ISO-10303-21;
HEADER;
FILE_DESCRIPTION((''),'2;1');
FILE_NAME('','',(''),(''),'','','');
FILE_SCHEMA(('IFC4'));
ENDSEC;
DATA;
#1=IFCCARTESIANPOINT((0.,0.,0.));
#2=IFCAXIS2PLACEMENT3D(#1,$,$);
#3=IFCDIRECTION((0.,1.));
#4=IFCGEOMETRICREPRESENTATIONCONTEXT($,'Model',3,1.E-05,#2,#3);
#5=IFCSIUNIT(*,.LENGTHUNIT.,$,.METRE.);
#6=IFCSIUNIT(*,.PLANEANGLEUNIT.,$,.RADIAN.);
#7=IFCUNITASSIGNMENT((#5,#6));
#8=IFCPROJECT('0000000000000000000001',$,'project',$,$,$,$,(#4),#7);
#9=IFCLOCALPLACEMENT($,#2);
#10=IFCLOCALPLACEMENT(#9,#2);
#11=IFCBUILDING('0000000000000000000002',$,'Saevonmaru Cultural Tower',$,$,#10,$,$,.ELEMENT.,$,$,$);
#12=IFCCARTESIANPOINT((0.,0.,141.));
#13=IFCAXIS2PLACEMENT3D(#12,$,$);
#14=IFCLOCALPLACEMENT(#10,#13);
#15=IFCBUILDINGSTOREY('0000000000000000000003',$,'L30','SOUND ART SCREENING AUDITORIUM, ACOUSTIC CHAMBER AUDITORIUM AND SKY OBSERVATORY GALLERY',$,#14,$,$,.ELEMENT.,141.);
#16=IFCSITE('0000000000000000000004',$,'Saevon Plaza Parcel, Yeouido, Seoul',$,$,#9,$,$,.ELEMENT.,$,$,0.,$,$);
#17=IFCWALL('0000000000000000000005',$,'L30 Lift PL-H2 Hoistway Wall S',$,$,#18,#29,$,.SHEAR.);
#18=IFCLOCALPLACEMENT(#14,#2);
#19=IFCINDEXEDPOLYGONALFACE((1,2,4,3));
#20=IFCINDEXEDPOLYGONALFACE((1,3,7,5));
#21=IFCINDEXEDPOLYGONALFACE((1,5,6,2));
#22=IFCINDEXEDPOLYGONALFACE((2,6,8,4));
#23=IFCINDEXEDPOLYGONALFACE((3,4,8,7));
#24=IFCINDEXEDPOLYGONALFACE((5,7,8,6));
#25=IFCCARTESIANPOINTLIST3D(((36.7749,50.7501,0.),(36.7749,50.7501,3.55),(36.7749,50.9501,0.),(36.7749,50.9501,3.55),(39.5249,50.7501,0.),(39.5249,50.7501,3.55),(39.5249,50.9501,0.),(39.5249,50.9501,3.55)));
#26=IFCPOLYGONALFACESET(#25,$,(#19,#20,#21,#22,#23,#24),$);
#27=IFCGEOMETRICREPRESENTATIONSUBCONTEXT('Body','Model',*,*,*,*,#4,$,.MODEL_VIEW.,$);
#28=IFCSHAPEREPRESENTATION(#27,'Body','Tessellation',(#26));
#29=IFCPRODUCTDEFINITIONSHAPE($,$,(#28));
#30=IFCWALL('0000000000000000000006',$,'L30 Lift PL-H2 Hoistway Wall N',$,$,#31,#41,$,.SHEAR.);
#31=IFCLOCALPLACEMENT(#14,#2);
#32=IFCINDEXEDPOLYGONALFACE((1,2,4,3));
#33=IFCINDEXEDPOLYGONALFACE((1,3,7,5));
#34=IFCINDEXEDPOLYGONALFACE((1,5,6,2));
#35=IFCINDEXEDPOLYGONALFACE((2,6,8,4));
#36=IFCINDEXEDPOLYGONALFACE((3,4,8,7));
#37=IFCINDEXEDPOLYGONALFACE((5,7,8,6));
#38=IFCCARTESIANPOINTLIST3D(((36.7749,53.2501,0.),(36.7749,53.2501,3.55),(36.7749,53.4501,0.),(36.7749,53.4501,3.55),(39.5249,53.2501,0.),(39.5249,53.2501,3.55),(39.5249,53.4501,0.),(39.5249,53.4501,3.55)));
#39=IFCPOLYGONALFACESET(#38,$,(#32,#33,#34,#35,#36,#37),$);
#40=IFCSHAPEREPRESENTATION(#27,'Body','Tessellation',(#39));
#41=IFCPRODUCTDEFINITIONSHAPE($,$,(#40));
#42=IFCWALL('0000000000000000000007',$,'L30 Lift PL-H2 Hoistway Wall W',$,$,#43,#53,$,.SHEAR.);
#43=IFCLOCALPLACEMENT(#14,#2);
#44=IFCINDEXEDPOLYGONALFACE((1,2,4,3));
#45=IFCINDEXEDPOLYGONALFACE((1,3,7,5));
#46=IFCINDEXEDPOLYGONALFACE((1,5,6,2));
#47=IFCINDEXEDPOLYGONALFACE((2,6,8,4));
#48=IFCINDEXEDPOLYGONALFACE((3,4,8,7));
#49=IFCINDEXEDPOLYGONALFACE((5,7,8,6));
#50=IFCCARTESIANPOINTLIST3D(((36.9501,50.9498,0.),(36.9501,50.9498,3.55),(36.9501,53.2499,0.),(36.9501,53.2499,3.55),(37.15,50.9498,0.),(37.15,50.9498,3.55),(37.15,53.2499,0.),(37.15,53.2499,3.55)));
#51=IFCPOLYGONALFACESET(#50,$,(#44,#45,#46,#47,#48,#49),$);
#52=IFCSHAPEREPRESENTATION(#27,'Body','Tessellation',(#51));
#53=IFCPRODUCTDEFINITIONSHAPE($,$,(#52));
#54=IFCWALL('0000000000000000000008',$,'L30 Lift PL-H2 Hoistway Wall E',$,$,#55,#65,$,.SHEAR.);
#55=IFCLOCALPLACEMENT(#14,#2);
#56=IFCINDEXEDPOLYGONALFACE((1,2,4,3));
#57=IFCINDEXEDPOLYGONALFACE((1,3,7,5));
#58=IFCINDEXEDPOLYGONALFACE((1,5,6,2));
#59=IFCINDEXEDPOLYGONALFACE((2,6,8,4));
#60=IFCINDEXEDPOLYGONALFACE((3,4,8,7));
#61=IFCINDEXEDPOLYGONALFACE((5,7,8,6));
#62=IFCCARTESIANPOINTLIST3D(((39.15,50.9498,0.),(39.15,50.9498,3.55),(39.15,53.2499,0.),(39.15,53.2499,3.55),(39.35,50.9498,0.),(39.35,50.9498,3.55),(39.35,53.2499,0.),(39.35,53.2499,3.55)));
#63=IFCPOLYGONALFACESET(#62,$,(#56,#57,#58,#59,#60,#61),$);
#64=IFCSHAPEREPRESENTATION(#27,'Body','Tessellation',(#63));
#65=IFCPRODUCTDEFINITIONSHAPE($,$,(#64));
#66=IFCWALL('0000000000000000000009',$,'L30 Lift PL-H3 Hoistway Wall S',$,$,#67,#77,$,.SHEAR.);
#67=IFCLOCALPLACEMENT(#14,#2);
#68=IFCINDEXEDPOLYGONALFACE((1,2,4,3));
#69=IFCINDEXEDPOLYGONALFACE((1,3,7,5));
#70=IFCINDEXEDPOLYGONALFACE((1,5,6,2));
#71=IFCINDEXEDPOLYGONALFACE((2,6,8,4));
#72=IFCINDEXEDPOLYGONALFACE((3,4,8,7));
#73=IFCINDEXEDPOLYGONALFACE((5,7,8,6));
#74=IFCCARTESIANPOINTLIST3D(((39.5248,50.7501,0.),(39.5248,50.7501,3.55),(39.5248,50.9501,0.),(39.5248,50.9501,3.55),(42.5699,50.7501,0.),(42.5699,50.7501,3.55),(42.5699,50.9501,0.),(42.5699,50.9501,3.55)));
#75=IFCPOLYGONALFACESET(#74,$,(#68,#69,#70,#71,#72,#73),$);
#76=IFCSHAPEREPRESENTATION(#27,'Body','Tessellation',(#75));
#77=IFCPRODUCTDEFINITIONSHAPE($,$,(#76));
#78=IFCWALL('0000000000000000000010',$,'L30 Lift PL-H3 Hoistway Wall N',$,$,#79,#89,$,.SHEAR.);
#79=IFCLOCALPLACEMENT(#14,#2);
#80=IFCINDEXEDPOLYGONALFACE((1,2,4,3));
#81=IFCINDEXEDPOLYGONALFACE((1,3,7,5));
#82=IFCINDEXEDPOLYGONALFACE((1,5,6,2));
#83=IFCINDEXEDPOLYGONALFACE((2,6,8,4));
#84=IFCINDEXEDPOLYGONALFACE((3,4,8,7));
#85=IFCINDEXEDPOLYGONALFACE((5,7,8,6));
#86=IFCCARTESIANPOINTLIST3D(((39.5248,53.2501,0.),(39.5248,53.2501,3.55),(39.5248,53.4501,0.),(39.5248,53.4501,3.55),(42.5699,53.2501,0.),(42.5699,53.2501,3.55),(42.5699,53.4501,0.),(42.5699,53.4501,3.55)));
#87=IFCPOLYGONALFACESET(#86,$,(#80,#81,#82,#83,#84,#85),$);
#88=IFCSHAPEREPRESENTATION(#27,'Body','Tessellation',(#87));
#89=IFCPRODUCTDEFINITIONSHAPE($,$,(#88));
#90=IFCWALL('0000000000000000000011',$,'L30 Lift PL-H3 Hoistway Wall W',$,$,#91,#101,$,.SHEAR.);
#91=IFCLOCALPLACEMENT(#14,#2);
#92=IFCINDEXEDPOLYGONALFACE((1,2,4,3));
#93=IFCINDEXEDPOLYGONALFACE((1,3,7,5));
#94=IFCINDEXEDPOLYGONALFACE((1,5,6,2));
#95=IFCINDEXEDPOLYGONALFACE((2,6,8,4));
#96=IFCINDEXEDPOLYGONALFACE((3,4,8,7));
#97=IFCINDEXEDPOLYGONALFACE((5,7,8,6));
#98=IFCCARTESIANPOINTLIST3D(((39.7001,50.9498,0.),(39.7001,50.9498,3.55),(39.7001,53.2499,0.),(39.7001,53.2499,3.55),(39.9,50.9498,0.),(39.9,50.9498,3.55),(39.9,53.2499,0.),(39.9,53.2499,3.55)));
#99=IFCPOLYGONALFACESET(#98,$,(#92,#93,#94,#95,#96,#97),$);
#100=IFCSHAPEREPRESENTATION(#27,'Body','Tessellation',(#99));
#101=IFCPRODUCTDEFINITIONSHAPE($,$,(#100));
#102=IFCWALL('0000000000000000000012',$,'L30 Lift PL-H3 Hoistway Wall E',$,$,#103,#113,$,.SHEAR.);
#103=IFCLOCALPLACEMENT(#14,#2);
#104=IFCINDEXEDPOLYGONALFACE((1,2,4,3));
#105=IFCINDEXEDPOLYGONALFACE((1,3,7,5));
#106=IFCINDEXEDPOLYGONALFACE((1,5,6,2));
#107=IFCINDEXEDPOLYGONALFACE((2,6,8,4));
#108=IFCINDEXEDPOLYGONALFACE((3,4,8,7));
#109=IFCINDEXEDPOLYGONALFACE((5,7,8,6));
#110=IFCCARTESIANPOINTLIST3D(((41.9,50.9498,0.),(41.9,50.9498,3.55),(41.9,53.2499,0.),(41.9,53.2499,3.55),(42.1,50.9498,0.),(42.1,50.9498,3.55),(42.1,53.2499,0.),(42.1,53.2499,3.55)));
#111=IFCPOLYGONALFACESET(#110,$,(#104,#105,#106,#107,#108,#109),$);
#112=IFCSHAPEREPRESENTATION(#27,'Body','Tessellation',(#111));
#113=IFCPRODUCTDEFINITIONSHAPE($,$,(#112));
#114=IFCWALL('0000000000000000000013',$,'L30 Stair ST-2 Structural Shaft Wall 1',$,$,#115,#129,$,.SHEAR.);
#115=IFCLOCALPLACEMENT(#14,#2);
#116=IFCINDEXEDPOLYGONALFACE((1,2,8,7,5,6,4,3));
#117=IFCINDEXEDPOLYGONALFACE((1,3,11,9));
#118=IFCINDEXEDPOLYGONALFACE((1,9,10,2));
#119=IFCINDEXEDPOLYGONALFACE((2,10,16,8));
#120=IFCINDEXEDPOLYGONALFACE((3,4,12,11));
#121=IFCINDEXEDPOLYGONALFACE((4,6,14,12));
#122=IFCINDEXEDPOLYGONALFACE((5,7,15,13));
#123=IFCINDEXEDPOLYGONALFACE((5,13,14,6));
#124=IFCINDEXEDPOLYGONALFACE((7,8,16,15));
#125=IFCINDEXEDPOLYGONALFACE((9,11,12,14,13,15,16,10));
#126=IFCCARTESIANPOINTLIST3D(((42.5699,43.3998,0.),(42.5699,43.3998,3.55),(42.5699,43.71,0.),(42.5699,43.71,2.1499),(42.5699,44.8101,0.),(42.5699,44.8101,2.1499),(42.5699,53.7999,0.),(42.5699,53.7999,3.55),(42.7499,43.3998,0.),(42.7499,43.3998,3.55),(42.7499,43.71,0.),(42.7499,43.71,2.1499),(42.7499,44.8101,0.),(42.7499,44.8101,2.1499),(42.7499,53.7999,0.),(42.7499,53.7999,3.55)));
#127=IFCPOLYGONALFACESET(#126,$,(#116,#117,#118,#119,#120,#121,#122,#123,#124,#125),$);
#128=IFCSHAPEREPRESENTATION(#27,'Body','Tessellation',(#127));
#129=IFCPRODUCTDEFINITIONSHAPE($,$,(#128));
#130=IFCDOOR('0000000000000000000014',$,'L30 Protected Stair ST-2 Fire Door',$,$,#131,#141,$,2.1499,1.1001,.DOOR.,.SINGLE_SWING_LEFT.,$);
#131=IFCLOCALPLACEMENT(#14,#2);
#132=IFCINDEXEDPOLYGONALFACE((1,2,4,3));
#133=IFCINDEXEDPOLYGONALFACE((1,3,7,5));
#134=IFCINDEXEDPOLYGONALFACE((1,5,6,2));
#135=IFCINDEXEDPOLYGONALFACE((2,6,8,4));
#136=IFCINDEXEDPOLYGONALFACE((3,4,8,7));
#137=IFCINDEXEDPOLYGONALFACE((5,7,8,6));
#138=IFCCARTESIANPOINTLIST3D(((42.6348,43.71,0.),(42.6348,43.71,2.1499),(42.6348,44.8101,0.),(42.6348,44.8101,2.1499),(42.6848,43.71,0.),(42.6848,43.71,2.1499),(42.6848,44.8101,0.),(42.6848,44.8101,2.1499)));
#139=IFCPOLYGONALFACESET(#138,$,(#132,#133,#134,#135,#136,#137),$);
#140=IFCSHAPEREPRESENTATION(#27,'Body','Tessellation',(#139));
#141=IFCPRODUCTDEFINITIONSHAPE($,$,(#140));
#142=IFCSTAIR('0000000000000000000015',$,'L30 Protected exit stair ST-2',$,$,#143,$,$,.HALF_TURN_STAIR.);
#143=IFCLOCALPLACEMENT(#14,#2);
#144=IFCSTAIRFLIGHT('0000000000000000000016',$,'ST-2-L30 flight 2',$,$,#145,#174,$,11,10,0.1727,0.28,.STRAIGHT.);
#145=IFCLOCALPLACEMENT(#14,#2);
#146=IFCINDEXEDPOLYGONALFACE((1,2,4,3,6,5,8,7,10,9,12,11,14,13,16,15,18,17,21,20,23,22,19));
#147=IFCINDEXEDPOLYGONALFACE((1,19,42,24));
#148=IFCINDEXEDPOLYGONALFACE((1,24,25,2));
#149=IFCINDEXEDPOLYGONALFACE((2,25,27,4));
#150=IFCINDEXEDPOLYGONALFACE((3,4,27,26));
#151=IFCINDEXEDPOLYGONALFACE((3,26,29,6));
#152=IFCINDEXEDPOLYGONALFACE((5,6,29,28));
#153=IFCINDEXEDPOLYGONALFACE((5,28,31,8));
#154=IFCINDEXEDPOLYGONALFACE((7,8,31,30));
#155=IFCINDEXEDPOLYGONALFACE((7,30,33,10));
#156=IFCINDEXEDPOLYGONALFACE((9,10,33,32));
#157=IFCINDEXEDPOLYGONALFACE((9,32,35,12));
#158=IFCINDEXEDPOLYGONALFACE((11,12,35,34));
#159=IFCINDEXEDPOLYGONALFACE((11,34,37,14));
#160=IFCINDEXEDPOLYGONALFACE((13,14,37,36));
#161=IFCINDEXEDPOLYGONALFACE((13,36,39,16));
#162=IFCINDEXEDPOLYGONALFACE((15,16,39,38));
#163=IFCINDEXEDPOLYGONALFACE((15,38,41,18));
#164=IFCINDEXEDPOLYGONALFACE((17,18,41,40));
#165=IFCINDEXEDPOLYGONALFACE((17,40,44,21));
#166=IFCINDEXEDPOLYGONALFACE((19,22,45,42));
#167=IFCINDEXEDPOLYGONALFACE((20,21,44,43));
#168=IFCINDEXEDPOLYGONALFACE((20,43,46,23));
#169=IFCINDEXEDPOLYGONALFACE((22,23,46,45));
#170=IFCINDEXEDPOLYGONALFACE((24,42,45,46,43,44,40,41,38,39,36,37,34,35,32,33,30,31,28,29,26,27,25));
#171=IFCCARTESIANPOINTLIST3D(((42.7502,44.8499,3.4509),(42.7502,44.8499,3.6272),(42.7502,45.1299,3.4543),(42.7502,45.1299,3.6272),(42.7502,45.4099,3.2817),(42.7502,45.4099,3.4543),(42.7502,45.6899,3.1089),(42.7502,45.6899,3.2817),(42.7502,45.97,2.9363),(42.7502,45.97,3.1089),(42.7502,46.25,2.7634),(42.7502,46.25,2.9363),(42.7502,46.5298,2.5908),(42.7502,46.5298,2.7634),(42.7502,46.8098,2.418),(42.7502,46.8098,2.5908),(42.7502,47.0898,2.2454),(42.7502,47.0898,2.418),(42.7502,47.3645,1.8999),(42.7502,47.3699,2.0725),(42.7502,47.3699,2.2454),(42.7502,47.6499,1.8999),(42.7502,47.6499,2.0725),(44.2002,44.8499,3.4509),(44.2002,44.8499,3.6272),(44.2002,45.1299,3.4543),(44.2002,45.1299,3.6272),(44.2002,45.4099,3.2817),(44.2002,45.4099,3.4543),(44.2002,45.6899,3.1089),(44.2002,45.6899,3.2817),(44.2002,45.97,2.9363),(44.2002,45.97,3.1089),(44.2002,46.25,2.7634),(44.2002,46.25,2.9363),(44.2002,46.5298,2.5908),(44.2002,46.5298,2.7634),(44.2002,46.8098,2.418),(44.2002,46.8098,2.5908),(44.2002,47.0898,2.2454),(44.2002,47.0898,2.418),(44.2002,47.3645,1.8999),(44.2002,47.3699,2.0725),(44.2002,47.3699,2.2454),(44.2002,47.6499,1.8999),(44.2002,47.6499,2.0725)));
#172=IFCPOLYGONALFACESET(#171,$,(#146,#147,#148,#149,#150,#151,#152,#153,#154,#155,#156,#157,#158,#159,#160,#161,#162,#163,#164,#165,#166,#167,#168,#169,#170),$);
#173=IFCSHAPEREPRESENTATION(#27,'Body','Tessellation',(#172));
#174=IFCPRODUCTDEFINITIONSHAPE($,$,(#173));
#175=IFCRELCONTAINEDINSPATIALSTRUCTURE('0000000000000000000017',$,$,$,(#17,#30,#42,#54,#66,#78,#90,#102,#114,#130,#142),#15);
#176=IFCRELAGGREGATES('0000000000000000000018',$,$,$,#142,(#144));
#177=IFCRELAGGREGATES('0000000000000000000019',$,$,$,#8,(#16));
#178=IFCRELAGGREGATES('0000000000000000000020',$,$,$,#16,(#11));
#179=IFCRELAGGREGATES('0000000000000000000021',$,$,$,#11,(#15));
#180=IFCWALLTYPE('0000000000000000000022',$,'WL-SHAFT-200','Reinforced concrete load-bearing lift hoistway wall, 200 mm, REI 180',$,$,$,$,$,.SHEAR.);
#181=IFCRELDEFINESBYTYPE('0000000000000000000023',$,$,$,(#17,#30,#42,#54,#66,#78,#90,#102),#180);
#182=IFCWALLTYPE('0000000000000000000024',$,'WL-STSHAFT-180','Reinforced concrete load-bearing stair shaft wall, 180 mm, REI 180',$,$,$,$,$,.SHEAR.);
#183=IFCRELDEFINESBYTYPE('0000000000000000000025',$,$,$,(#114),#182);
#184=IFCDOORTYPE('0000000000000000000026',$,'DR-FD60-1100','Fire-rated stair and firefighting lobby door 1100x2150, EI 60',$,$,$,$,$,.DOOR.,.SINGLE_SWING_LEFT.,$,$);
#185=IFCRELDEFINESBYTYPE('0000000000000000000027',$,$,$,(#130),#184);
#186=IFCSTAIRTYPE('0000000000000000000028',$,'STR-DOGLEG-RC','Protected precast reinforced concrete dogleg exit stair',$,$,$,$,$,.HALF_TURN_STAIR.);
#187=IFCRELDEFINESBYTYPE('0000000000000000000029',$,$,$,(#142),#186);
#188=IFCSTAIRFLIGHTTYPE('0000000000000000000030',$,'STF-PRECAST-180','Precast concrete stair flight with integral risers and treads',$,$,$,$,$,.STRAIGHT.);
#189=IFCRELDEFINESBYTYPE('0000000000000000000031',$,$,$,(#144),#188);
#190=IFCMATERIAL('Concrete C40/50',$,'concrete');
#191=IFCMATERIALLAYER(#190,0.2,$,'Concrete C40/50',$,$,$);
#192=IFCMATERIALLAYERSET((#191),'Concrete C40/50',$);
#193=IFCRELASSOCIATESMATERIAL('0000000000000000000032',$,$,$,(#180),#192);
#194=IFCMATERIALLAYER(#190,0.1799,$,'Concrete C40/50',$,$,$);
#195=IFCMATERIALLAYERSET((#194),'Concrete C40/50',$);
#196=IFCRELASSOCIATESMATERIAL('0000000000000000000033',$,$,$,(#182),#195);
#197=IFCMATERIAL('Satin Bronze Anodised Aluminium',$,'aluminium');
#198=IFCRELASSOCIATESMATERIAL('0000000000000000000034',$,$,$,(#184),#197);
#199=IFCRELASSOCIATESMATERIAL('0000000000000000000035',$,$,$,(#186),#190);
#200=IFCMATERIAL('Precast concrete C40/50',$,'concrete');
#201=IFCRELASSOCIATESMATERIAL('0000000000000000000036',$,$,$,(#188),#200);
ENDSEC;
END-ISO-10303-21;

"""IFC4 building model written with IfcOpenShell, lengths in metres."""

from ifc_helpers import new_model, si_unit, direction, frame, frame_2d, origin, place, context, subcontext, project, spatial, polyline, rectangle, outline, extrude, material, layer, layer_set, type_object, element, fill, aggregate, save


model = new_model("IFC4")

# Units and contexts
model_context = context("Model", 3, precision=1e-05, world=origin(), true_north=direction((0.0, 1.0)))
body_context = subcontext(model_context, "Body", "Model", "MODEL_VIEW")
ifc_project = project(units=[si_unit("LENGTHUNIT", "METRE"), si_unit("PLANEANGLEUNIT", "RADIAN")], contexts=[model_context])

# Site, building, storey
site_placement = place(None, origin())
site = spatial("IfcSite", under=ifc_project, at=site_placement, Name="Saevon Plaza Parcel, Yeouido, Seoul", CompositionType="ELEMENT", RefElevation=0.0)
building_placement = place(site_placement, origin())
building = spatial("IfcBuilding", under=site, at=building_placement, Name="Saevonmaru Cultural Tower", CompositionType="ELEMENT")
storey_placement = place(building_placement, frame((0.0, 0.0, 141.0)))
storey = spatial("IfcBuildingStorey", under=building, at=storey_placement, Name="L30", Description="SOUND ART SCREENING AUDITORIUM, ACOUSTIC CHAMBER AUDITORIUM AND SKY OBSERVATORY GALLERY", CompositionType="ELEMENT", Elevation=141.0)

# Shared definitions
ifc_material_1 = material(Name="Satin Bronze Anodised Aluminium", Category="aluminium")

# Walls
ifc_material_2 = material(Name="Concrete C40/50", Category="concrete")
ifc_layer_1 = layer(ifc_material_2, 0.2, Name="Concrete C40/50")
ifc_layer_set_1 = layer_set([ifc_layer_1], Name="Concrete C40/50")
wall_type_1 = type_object("IfcWallType", Name="WL-SHAFT-200", Description="Reinforced concrete load-bearing lift hoistway wall, 200 mm, REI 180", PredefinedType="SHEAR", material=ifc_layer_set_1)
for number, where, z_axis, x_axis, name in (
    (1, (36.7749, 50.8501, 0.0), (0.0, 0.0, 1.0), (1.0, 0.0, 0.0), "L30 Lift PL-H2 Hoistway Wall S"),
    (2, (36.7749, 53.3501, 0.0), (0.0, 0.0, 1.0), (1.0, 0.0, 0.0), "L30 Lift PL-H2 Hoistway Wall N"),
):
    element("IfcWall", number, at=place(storey_placement, frame(where, z_axis=z_axis, x_axis=x_axis)), inside=storey, type_object=wall_type_1, Name=name, PredefinedType="SHEAR", context=body_context, shape_type="SweptSolid", body=[
        extrude(rectangle(XDim=2.75, YDim=0.2, at=frame_2d((1.375, 0.0))), origin(), (0.0, 0.0, 1.0), 3.55),
    ])
for number, where, z_axis, x_axis, name in (
    (3, (37.05, 50.95, 0.0), (0.0, 0.0, 1.0), (0.0, 1.0, 0.0), "L30 Lift PL-H2 Hoistway Wall W"),
    (4, (39.25, 50.95, 0.0), (0.0, 0.0, 1.0), (0.0, 1.0, 0.0), "L30 Lift PL-H2 Hoistway Wall E"),
):
    element("IfcWall", number, at=place(storey_placement, frame(where, z_axis=z_axis, x_axis=x_axis)), inside=storey, type_object=wall_type_1, Name=name, PredefinedType="SHEAR", context=body_context, shape_type="SweptSolid", body=[
        extrude(rectangle(XDim=2.3, YDim=0.2, at=frame_2d((1.1499, 0.0))), origin(), (0.0, 0.0, 1.0), 3.55),
    ])
for number, where, z_axis, x_axis, name in (
    (5, (39.5249, 50.8501, 0.0), (0.0, 0.0, 1.0), (1.0, 0.0, 0.0), "L30 Lift PL-H3 Hoistway Wall S"),
    (6, (39.5249, 53.3501, 0.0), (0.0, 0.0, 1.0), (1.0, 0.0, 0.0), "L30 Lift PL-H3 Hoistway Wall N"),
):
    element("IfcWall", number, at=place(storey_placement, frame(where, z_axis=z_axis, x_axis=x_axis)), inside=storey, type_object=wall_type_1, Name=name, PredefinedType="SHEAR", context=body_context, shape_type="SweptSolid", body=[
        extrude(rectangle(XDim=3.0452, YDim=0.2, at=frame_2d((1.5225, 0.0))), origin(), (0.0, 0.0, 1.0), 3.55),
    ])
for number, where, z_axis, x_axis, name in (
    (7, (39.8, 50.95, 0.0), (0.0, 0.0, 1.0), (0.0, 1.0, 0.0), "L30 Lift PL-H3 Hoistway Wall W"),
    (8, (42.0, 50.95, 0.0), (0.0, 0.0, 1.0), (0.0, 1.0, 0.0), "L30 Lift PL-H3 Hoistway Wall E"),
):
    element("IfcWall", number, at=place(storey_placement, frame(where, z_axis=z_axis, x_axis=x_axis)), inside=storey, type_object=wall_type_1, Name=name, PredefinedType="SHEAR", context=body_context, shape_type="SweptSolid", body=[
        extrude(rectangle(XDim=2.3, YDim=0.2, at=frame_2d((1.1499, 0.0))), origin(), (0.0, 0.0, 1.0), 3.55),
    ])

# Wall, opening, door
ifc_layer_2 = layer(ifc_material_2, 0.1799, Name="Concrete C40/50")
ifc_layer_set_2 = layer_set([ifc_layer_2], Name="Concrete C40/50")
wall_type_2 = type_object("IfcWallType", Name="WL-STSHAFT-180", Description="Reinforced concrete load-bearing stair shaft wall, 180 mm, REI 180", PredefinedType="SHEAR", material=ifc_layer_set_2)
wall_1_placement = place(storey_placement, frame((42.6599, 53.8, 0.0), z_axis=(0.0, 0.0, 1.0), x_axis=(0.0, -1.0, 0.0)))
wall_1 = element("IfcWall", 9, at=wall_1_placement, inside=storey, type_object=wall_type_2, Name="L30 Stair ST-2 Structural Shaft Wall 1", PredefinedType="SHEAR", context=body_context, shape_type="SweptSolid", body=[
    extrude(rectangle(XDim=10.4001, YDim=0.1799, at=frame_2d((5.2002, 0.0))), origin(), (0.0, 0.0, 1.0), 3.55),
])
opening_placement = place(wall_1_placement, frame((8.99, 0.0, 0.0)))
opening = element("IfcOpeningElement", 10, at=opening_placement, cuts=wall_1, PredefinedType="OPENING", context=body_context, shape_type="SweptSolid", body=[
    extrude(rectangle(XDim=1.1001, YDim=2.1499, at=frame_2d((0.55, 1.075))), frame((0.0, 0.1001, 0.0), z_axis=(0.0, -1.0, 0.0), x_axis=(1.0, 0.0, 0.0)), (0.0, 0.0, 1.0), 0.2),
])
door_type = type_object("IfcDoorType", Name="DR-FD60-1100", Description="Fire-rated stair and firefighting lobby door 1100x2150, EI 60", OperationType="SINGLE_SWING_LEFT", PredefinedType="DOOR", material=ifc_material_1)
door_placement = place(opening_placement, origin())
door = element("IfcDoor", 11, at=door_placement, inside=storey, type_object=door_type, Name="L30 Protected Stair ST-2 Fire Door", OperationType="SINGLE_SWING_LEFT", OverallHeight=2.1499, OverallWidth=1.1001, PredefinedType="DOOR", context=body_context, shape_type="SweptSolid", body=[
    extrude(rectangle(XDim=1.1001, YDim=2.1499, at=frame_2d((0.55, 1.075))), frame((0.0, 0.0249, 0.0), z_axis=(0.0, -1.0, 0.0), x_axis=(1.0, 0.0, 0.0)), (0.0, 0.0, 1.0), 0.05),
])
fill(opening, door)

# Stair, stair flight
stair_type = type_object("IfcStairType", Name="STR-DOGLEG-RC", Description="Protected precast reinforced concrete dogleg exit stair", PredefinedType="HALF_TURN_STAIR", material=ifc_material_2)
stair_placement = place(storey_placement, origin())
stair = element("IfcStair", 12, at=stair_placement, inside=storey, type_object=stair_type, Name="L30 Protected exit stair ST-2", PredefinedType="HALF_TURN_STAIR")
ifc_material_3 = material(Name="Precast concrete C40/50", Category="concrete")
stair_flight_type = type_object("IfcStairFlightType", Name="STF-PRECAST-180", Description="Precast concrete stair flight with integral risers and treads", PredefinedType="STRAIGHT", material=ifc_material_3)
stair_flight_placement = place(storey_placement, frame((43.4751, 47.6499, 1.8999), z_axis=(0.0, 0.0, 1.0), x_axis=(0.0, -1.0, 0.0)))
stair_flight = element("IfcStairFlight", 13, at=stair_flight_placement, type_object=stair_flight_type, Name="ST-2-L30 flight 2", NumberOfRisers=11, NumberOfTreads=10, PredefinedType="STRAIGHT", RiserHeight=0.1727, TreadLength=0.28, context=body_context, shape_type="SweptSolid", body=[
    extrude(outline(polyline([(0.0, 0.0), (0.0, 0.1726), (0.28, 0.1726), (0.28, 0.3455), (0.5601, 0.3455), (0.5601, 0.5181), (0.8401, 0.5181), (0.8401, 0.6909), (1.1201, 0.6909), (1.1201, 0.8635), (1.3999, 0.8635), (1.3999, 1.0364), (1.6799, 1.0364), (1.6799, 1.209), (1.96, 1.209), (1.96, 1.3818), (2.24, 1.3818), (2.24, 1.5544), (2.52, 1.5544), (2.52, 1.7273), (2.8, 1.7273), (2.8, 1.8999), (2.8, 1.551), (0.2854, 0.0), (0.0, 0.0)])), frame((0.0, 0.7251, 0.0), z_axis=(0.0, -1.0, 0.0), x_axis=(1.0, 0.0, 0.0)), (0.0, 0.0, 1.0), 1.45),
])
aggregate(stair, [stair_flight])

save(model, "model.ifc")
